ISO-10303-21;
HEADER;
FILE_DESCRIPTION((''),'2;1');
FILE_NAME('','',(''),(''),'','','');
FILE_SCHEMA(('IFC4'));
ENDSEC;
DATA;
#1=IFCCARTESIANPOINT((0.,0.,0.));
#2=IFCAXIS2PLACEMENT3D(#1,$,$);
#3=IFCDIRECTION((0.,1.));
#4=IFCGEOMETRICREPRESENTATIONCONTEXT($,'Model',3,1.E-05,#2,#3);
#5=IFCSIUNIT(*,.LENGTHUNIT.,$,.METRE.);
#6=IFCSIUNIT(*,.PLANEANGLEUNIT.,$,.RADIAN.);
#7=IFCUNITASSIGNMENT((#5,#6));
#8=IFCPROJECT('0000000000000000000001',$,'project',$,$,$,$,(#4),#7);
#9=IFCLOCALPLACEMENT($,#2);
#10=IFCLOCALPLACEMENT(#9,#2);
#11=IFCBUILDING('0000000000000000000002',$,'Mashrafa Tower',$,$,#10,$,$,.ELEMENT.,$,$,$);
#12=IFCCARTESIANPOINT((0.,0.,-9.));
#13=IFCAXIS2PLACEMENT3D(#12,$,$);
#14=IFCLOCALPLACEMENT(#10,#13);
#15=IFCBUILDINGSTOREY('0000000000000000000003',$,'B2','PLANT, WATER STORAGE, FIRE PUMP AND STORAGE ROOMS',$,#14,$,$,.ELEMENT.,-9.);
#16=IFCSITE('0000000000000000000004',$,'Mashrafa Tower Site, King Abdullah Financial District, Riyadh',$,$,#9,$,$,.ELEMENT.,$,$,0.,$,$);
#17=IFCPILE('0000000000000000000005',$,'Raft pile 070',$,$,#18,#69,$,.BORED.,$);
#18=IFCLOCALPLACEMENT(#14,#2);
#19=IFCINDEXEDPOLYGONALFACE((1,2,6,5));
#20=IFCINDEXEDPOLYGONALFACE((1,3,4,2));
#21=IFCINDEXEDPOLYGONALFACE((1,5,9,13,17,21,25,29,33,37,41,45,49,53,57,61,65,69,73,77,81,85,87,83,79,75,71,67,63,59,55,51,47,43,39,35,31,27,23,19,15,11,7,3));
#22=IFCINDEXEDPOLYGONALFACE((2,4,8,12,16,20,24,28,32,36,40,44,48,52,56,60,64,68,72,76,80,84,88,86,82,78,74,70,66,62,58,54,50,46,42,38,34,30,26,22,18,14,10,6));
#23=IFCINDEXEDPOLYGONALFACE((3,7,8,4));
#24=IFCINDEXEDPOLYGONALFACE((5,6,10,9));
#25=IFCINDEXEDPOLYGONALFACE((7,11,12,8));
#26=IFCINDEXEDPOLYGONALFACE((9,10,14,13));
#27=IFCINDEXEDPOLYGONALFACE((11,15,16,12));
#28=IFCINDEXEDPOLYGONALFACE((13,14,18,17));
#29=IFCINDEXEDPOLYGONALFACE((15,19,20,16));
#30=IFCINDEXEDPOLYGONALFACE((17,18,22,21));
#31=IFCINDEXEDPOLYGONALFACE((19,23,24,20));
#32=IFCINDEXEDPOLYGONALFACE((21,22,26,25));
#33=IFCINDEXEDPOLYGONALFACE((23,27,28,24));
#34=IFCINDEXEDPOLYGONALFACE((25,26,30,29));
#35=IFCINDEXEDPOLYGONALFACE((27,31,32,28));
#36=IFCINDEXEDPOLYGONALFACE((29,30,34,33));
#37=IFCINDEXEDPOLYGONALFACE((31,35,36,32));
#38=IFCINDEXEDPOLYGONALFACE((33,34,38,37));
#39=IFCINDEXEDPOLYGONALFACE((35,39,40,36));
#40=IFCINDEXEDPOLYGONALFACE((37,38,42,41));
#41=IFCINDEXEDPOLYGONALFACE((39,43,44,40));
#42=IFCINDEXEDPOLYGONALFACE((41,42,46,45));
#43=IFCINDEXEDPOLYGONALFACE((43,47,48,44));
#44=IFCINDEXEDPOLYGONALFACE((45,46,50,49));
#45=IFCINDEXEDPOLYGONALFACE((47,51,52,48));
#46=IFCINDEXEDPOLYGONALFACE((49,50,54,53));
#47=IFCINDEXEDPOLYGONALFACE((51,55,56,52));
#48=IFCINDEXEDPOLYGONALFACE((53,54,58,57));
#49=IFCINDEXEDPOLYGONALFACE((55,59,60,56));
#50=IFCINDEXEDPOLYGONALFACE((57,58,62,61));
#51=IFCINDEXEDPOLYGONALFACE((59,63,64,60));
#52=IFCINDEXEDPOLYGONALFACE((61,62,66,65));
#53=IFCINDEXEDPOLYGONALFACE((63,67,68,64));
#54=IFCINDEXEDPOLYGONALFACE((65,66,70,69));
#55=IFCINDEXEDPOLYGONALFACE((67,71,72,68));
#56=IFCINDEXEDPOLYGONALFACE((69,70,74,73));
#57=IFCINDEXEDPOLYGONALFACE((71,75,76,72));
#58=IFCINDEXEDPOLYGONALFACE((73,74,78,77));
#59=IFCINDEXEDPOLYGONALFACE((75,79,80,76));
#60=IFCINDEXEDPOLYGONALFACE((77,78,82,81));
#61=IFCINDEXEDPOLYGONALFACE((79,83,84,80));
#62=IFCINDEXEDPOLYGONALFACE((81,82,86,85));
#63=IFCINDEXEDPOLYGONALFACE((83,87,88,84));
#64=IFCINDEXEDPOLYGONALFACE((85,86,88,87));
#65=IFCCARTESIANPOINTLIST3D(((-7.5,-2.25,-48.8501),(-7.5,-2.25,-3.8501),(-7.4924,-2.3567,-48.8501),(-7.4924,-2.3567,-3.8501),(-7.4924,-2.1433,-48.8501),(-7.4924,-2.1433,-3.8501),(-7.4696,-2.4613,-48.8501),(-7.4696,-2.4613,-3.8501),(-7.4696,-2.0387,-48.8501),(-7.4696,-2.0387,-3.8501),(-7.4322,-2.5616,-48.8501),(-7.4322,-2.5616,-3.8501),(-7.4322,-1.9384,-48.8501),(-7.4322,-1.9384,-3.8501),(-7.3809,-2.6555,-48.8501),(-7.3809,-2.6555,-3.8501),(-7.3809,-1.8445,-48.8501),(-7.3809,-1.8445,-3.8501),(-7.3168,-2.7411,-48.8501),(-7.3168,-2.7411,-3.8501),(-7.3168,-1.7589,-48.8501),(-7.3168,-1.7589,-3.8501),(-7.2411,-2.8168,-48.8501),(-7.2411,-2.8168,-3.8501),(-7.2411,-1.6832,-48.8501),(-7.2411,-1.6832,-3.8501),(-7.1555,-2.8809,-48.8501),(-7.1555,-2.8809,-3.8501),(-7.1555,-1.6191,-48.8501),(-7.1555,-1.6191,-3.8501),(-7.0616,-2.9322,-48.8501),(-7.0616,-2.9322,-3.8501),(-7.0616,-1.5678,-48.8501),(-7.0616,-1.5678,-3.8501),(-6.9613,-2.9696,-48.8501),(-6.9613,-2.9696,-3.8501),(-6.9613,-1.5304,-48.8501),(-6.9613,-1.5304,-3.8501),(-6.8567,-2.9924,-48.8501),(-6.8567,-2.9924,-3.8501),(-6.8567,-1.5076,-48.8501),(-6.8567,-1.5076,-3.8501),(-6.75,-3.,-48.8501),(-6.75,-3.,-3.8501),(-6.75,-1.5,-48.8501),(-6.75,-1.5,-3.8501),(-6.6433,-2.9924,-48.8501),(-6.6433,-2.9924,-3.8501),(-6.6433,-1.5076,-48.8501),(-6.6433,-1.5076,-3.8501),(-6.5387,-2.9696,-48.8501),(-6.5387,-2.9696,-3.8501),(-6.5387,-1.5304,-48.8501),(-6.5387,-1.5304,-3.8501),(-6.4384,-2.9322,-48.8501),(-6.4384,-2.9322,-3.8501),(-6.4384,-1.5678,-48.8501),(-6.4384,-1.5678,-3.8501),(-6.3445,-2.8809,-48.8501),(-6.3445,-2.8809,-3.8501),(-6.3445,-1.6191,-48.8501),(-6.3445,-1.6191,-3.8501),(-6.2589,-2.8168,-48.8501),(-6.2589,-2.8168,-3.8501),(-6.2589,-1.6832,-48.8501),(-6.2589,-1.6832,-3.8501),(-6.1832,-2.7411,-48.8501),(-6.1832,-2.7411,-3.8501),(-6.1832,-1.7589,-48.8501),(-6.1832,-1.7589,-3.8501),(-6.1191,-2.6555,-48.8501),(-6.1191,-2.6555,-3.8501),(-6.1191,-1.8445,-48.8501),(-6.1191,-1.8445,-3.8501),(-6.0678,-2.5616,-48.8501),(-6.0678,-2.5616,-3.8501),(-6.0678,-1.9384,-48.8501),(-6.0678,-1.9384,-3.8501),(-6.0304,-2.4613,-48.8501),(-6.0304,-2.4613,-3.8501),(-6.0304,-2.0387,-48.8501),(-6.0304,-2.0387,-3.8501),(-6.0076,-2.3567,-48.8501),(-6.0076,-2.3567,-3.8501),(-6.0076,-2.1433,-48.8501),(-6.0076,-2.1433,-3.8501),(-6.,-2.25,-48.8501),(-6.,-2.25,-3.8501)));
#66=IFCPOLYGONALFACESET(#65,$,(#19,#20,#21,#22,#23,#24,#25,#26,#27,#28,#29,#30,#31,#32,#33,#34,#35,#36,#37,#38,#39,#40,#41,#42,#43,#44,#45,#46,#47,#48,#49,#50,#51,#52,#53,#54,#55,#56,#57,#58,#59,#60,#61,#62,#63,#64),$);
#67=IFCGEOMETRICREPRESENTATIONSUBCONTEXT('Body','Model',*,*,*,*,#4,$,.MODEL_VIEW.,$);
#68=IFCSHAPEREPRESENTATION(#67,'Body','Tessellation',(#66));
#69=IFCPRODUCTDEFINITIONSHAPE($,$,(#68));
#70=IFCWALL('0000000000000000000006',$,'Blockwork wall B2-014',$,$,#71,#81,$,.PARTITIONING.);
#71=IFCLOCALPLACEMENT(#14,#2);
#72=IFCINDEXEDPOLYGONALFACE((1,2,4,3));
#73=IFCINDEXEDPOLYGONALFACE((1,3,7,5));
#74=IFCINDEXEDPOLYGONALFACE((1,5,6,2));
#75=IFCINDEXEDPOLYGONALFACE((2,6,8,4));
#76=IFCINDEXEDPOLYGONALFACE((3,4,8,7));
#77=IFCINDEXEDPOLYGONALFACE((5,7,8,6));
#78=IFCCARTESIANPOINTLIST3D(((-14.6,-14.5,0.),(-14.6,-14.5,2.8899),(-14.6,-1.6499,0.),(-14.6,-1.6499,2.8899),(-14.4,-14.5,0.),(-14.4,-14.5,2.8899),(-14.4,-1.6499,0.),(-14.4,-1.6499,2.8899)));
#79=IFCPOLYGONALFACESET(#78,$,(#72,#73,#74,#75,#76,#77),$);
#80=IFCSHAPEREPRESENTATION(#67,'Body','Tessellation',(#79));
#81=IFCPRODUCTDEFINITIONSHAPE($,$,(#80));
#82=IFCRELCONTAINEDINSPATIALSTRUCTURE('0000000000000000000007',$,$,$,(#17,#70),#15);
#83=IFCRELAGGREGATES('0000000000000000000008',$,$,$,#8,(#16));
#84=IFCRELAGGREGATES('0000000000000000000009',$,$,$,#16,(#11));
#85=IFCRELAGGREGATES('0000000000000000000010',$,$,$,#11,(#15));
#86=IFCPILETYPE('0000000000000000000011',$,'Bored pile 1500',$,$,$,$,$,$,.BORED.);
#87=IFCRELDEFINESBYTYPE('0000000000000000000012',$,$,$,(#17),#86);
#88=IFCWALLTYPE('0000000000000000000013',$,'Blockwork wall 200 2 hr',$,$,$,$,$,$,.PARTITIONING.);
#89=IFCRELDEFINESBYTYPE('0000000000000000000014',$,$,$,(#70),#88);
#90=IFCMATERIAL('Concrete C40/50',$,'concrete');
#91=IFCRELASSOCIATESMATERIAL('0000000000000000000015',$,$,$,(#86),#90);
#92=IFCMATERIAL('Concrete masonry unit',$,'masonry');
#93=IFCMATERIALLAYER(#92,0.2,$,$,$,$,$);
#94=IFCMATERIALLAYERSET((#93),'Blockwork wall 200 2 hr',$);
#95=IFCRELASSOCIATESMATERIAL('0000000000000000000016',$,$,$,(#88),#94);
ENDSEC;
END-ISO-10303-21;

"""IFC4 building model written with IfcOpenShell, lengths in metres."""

from ifc_helpers import new_model, si_unit, direction, frame, frame_2d, origin, origin_2d, place, context, subcontext, project, spatial, rectangle, circle, extrude, material, layer, layer_set, material_profile, profile_set, type_object, element, save


model = new_model("IFC4")

# Units and contexts
model_context = context("Model", 3, precision=1e-05, world=origin(), true_north=direction((0.0, 1.0)))
body_context = subcontext(model_context, "Body", "Model", "MODEL_VIEW")
ifc_project = project(units=[si_unit("LENGTHUNIT", "METRE"), si_unit("PLANEANGLEUNIT", "RADIAN")], contexts=[model_context])

# Site, building, storey
site_placement = place(None, origin())
site = spatial("IfcSite", under=ifc_project, at=site_placement, Name="Mashrafa Tower Site, King Abdullah Financial District, Riyadh", CompositionType="ELEMENT", RefElevation=0.0)
building_placement = place(site_placement, origin())
building = spatial("IfcBuilding", under=site, at=building_placement, Name="Mashrafa Tower", CompositionType="ELEMENT")
storey_placement = place(building_placement, frame((0.0, 0.0, -9.0)))
storey = spatial("IfcBuildingStorey", under=building, at=storey_placement, Name="B2", Description="PLANT, WATER STORAGE, FIRE PUMP AND STORAGE ROOMS", CompositionType="ELEMENT", Elevation=-9.0)

# Pile
ifc_material_1 = material(Name="Concrete C40/50", Category="concrete")
ifc_material_profile = material_profile(ifc_material_1, circle(Radius=0.75, at=origin_2d()), Name="1500 DIA")
ifc_profile_set = profile_set([ifc_material_profile], Name="Concrete C40/50")
pile_type = type_object("IfcPileType", Name="Bored pile 1500", PredefinedType="BORED", material=ifc_profile_set)
for number, where, z_axis, x_axis, name in (
    (1, (-6.75, -2.25, -3.8501), (0.0, 0.0, -1.0), (1.0, 0.0, 0.0), "Raft pile 070"),
):
    element("IfcPile", number, at=place(storey_placement, frame(where, z_axis=z_axis, x_axis=x_axis)), inside=storey, type_object=pile_type, Name=name, PredefinedType="BORED", context=body_context, shape_type="SweptSolid", body=[
        extrude(circle(Radius=0.75, at=origin_2d()), origin(), (0.0, 0.0, 1.0), 45.0),
    ])

# Wall
ifc_material_2 = material(Name="Concrete masonry unit", Category="masonry")
ifc_layer_1 = layer(ifc_material_2, 0.2)
ifc_layer_set_1 = layer_set([ifc_layer_1], Name="Blockwork wall 200 2 hr")
wall_type_1 = type_object("IfcWallType", Name="Blockwork wall 200 2 hr", PredefinedType="PARTITIONING", material=ifc_layer_set_1)
wall_1_placement = place(storey_placement, frame((-14.5, -1.6499, 0.0), z_axis=(0.0, 0.0, 1.0), x_axis=(0.0, -1.0, 0.0)))
element("IfcWall", 2, at=wall_1_placement, inside=storey, type_object=wall_type_1, Name="Blockwork wall B2-014", PredefinedType="PARTITIONING", context=body_context, shape_type="SweptSolid", body=[
    extrude(rectangle(XDim=12.8501, YDim=0.2, at=frame_2d((6.425, 0.0))), origin(), (0.0, 0.0, 1.0), 2.8899),
])

save(model, "model.ifc")
